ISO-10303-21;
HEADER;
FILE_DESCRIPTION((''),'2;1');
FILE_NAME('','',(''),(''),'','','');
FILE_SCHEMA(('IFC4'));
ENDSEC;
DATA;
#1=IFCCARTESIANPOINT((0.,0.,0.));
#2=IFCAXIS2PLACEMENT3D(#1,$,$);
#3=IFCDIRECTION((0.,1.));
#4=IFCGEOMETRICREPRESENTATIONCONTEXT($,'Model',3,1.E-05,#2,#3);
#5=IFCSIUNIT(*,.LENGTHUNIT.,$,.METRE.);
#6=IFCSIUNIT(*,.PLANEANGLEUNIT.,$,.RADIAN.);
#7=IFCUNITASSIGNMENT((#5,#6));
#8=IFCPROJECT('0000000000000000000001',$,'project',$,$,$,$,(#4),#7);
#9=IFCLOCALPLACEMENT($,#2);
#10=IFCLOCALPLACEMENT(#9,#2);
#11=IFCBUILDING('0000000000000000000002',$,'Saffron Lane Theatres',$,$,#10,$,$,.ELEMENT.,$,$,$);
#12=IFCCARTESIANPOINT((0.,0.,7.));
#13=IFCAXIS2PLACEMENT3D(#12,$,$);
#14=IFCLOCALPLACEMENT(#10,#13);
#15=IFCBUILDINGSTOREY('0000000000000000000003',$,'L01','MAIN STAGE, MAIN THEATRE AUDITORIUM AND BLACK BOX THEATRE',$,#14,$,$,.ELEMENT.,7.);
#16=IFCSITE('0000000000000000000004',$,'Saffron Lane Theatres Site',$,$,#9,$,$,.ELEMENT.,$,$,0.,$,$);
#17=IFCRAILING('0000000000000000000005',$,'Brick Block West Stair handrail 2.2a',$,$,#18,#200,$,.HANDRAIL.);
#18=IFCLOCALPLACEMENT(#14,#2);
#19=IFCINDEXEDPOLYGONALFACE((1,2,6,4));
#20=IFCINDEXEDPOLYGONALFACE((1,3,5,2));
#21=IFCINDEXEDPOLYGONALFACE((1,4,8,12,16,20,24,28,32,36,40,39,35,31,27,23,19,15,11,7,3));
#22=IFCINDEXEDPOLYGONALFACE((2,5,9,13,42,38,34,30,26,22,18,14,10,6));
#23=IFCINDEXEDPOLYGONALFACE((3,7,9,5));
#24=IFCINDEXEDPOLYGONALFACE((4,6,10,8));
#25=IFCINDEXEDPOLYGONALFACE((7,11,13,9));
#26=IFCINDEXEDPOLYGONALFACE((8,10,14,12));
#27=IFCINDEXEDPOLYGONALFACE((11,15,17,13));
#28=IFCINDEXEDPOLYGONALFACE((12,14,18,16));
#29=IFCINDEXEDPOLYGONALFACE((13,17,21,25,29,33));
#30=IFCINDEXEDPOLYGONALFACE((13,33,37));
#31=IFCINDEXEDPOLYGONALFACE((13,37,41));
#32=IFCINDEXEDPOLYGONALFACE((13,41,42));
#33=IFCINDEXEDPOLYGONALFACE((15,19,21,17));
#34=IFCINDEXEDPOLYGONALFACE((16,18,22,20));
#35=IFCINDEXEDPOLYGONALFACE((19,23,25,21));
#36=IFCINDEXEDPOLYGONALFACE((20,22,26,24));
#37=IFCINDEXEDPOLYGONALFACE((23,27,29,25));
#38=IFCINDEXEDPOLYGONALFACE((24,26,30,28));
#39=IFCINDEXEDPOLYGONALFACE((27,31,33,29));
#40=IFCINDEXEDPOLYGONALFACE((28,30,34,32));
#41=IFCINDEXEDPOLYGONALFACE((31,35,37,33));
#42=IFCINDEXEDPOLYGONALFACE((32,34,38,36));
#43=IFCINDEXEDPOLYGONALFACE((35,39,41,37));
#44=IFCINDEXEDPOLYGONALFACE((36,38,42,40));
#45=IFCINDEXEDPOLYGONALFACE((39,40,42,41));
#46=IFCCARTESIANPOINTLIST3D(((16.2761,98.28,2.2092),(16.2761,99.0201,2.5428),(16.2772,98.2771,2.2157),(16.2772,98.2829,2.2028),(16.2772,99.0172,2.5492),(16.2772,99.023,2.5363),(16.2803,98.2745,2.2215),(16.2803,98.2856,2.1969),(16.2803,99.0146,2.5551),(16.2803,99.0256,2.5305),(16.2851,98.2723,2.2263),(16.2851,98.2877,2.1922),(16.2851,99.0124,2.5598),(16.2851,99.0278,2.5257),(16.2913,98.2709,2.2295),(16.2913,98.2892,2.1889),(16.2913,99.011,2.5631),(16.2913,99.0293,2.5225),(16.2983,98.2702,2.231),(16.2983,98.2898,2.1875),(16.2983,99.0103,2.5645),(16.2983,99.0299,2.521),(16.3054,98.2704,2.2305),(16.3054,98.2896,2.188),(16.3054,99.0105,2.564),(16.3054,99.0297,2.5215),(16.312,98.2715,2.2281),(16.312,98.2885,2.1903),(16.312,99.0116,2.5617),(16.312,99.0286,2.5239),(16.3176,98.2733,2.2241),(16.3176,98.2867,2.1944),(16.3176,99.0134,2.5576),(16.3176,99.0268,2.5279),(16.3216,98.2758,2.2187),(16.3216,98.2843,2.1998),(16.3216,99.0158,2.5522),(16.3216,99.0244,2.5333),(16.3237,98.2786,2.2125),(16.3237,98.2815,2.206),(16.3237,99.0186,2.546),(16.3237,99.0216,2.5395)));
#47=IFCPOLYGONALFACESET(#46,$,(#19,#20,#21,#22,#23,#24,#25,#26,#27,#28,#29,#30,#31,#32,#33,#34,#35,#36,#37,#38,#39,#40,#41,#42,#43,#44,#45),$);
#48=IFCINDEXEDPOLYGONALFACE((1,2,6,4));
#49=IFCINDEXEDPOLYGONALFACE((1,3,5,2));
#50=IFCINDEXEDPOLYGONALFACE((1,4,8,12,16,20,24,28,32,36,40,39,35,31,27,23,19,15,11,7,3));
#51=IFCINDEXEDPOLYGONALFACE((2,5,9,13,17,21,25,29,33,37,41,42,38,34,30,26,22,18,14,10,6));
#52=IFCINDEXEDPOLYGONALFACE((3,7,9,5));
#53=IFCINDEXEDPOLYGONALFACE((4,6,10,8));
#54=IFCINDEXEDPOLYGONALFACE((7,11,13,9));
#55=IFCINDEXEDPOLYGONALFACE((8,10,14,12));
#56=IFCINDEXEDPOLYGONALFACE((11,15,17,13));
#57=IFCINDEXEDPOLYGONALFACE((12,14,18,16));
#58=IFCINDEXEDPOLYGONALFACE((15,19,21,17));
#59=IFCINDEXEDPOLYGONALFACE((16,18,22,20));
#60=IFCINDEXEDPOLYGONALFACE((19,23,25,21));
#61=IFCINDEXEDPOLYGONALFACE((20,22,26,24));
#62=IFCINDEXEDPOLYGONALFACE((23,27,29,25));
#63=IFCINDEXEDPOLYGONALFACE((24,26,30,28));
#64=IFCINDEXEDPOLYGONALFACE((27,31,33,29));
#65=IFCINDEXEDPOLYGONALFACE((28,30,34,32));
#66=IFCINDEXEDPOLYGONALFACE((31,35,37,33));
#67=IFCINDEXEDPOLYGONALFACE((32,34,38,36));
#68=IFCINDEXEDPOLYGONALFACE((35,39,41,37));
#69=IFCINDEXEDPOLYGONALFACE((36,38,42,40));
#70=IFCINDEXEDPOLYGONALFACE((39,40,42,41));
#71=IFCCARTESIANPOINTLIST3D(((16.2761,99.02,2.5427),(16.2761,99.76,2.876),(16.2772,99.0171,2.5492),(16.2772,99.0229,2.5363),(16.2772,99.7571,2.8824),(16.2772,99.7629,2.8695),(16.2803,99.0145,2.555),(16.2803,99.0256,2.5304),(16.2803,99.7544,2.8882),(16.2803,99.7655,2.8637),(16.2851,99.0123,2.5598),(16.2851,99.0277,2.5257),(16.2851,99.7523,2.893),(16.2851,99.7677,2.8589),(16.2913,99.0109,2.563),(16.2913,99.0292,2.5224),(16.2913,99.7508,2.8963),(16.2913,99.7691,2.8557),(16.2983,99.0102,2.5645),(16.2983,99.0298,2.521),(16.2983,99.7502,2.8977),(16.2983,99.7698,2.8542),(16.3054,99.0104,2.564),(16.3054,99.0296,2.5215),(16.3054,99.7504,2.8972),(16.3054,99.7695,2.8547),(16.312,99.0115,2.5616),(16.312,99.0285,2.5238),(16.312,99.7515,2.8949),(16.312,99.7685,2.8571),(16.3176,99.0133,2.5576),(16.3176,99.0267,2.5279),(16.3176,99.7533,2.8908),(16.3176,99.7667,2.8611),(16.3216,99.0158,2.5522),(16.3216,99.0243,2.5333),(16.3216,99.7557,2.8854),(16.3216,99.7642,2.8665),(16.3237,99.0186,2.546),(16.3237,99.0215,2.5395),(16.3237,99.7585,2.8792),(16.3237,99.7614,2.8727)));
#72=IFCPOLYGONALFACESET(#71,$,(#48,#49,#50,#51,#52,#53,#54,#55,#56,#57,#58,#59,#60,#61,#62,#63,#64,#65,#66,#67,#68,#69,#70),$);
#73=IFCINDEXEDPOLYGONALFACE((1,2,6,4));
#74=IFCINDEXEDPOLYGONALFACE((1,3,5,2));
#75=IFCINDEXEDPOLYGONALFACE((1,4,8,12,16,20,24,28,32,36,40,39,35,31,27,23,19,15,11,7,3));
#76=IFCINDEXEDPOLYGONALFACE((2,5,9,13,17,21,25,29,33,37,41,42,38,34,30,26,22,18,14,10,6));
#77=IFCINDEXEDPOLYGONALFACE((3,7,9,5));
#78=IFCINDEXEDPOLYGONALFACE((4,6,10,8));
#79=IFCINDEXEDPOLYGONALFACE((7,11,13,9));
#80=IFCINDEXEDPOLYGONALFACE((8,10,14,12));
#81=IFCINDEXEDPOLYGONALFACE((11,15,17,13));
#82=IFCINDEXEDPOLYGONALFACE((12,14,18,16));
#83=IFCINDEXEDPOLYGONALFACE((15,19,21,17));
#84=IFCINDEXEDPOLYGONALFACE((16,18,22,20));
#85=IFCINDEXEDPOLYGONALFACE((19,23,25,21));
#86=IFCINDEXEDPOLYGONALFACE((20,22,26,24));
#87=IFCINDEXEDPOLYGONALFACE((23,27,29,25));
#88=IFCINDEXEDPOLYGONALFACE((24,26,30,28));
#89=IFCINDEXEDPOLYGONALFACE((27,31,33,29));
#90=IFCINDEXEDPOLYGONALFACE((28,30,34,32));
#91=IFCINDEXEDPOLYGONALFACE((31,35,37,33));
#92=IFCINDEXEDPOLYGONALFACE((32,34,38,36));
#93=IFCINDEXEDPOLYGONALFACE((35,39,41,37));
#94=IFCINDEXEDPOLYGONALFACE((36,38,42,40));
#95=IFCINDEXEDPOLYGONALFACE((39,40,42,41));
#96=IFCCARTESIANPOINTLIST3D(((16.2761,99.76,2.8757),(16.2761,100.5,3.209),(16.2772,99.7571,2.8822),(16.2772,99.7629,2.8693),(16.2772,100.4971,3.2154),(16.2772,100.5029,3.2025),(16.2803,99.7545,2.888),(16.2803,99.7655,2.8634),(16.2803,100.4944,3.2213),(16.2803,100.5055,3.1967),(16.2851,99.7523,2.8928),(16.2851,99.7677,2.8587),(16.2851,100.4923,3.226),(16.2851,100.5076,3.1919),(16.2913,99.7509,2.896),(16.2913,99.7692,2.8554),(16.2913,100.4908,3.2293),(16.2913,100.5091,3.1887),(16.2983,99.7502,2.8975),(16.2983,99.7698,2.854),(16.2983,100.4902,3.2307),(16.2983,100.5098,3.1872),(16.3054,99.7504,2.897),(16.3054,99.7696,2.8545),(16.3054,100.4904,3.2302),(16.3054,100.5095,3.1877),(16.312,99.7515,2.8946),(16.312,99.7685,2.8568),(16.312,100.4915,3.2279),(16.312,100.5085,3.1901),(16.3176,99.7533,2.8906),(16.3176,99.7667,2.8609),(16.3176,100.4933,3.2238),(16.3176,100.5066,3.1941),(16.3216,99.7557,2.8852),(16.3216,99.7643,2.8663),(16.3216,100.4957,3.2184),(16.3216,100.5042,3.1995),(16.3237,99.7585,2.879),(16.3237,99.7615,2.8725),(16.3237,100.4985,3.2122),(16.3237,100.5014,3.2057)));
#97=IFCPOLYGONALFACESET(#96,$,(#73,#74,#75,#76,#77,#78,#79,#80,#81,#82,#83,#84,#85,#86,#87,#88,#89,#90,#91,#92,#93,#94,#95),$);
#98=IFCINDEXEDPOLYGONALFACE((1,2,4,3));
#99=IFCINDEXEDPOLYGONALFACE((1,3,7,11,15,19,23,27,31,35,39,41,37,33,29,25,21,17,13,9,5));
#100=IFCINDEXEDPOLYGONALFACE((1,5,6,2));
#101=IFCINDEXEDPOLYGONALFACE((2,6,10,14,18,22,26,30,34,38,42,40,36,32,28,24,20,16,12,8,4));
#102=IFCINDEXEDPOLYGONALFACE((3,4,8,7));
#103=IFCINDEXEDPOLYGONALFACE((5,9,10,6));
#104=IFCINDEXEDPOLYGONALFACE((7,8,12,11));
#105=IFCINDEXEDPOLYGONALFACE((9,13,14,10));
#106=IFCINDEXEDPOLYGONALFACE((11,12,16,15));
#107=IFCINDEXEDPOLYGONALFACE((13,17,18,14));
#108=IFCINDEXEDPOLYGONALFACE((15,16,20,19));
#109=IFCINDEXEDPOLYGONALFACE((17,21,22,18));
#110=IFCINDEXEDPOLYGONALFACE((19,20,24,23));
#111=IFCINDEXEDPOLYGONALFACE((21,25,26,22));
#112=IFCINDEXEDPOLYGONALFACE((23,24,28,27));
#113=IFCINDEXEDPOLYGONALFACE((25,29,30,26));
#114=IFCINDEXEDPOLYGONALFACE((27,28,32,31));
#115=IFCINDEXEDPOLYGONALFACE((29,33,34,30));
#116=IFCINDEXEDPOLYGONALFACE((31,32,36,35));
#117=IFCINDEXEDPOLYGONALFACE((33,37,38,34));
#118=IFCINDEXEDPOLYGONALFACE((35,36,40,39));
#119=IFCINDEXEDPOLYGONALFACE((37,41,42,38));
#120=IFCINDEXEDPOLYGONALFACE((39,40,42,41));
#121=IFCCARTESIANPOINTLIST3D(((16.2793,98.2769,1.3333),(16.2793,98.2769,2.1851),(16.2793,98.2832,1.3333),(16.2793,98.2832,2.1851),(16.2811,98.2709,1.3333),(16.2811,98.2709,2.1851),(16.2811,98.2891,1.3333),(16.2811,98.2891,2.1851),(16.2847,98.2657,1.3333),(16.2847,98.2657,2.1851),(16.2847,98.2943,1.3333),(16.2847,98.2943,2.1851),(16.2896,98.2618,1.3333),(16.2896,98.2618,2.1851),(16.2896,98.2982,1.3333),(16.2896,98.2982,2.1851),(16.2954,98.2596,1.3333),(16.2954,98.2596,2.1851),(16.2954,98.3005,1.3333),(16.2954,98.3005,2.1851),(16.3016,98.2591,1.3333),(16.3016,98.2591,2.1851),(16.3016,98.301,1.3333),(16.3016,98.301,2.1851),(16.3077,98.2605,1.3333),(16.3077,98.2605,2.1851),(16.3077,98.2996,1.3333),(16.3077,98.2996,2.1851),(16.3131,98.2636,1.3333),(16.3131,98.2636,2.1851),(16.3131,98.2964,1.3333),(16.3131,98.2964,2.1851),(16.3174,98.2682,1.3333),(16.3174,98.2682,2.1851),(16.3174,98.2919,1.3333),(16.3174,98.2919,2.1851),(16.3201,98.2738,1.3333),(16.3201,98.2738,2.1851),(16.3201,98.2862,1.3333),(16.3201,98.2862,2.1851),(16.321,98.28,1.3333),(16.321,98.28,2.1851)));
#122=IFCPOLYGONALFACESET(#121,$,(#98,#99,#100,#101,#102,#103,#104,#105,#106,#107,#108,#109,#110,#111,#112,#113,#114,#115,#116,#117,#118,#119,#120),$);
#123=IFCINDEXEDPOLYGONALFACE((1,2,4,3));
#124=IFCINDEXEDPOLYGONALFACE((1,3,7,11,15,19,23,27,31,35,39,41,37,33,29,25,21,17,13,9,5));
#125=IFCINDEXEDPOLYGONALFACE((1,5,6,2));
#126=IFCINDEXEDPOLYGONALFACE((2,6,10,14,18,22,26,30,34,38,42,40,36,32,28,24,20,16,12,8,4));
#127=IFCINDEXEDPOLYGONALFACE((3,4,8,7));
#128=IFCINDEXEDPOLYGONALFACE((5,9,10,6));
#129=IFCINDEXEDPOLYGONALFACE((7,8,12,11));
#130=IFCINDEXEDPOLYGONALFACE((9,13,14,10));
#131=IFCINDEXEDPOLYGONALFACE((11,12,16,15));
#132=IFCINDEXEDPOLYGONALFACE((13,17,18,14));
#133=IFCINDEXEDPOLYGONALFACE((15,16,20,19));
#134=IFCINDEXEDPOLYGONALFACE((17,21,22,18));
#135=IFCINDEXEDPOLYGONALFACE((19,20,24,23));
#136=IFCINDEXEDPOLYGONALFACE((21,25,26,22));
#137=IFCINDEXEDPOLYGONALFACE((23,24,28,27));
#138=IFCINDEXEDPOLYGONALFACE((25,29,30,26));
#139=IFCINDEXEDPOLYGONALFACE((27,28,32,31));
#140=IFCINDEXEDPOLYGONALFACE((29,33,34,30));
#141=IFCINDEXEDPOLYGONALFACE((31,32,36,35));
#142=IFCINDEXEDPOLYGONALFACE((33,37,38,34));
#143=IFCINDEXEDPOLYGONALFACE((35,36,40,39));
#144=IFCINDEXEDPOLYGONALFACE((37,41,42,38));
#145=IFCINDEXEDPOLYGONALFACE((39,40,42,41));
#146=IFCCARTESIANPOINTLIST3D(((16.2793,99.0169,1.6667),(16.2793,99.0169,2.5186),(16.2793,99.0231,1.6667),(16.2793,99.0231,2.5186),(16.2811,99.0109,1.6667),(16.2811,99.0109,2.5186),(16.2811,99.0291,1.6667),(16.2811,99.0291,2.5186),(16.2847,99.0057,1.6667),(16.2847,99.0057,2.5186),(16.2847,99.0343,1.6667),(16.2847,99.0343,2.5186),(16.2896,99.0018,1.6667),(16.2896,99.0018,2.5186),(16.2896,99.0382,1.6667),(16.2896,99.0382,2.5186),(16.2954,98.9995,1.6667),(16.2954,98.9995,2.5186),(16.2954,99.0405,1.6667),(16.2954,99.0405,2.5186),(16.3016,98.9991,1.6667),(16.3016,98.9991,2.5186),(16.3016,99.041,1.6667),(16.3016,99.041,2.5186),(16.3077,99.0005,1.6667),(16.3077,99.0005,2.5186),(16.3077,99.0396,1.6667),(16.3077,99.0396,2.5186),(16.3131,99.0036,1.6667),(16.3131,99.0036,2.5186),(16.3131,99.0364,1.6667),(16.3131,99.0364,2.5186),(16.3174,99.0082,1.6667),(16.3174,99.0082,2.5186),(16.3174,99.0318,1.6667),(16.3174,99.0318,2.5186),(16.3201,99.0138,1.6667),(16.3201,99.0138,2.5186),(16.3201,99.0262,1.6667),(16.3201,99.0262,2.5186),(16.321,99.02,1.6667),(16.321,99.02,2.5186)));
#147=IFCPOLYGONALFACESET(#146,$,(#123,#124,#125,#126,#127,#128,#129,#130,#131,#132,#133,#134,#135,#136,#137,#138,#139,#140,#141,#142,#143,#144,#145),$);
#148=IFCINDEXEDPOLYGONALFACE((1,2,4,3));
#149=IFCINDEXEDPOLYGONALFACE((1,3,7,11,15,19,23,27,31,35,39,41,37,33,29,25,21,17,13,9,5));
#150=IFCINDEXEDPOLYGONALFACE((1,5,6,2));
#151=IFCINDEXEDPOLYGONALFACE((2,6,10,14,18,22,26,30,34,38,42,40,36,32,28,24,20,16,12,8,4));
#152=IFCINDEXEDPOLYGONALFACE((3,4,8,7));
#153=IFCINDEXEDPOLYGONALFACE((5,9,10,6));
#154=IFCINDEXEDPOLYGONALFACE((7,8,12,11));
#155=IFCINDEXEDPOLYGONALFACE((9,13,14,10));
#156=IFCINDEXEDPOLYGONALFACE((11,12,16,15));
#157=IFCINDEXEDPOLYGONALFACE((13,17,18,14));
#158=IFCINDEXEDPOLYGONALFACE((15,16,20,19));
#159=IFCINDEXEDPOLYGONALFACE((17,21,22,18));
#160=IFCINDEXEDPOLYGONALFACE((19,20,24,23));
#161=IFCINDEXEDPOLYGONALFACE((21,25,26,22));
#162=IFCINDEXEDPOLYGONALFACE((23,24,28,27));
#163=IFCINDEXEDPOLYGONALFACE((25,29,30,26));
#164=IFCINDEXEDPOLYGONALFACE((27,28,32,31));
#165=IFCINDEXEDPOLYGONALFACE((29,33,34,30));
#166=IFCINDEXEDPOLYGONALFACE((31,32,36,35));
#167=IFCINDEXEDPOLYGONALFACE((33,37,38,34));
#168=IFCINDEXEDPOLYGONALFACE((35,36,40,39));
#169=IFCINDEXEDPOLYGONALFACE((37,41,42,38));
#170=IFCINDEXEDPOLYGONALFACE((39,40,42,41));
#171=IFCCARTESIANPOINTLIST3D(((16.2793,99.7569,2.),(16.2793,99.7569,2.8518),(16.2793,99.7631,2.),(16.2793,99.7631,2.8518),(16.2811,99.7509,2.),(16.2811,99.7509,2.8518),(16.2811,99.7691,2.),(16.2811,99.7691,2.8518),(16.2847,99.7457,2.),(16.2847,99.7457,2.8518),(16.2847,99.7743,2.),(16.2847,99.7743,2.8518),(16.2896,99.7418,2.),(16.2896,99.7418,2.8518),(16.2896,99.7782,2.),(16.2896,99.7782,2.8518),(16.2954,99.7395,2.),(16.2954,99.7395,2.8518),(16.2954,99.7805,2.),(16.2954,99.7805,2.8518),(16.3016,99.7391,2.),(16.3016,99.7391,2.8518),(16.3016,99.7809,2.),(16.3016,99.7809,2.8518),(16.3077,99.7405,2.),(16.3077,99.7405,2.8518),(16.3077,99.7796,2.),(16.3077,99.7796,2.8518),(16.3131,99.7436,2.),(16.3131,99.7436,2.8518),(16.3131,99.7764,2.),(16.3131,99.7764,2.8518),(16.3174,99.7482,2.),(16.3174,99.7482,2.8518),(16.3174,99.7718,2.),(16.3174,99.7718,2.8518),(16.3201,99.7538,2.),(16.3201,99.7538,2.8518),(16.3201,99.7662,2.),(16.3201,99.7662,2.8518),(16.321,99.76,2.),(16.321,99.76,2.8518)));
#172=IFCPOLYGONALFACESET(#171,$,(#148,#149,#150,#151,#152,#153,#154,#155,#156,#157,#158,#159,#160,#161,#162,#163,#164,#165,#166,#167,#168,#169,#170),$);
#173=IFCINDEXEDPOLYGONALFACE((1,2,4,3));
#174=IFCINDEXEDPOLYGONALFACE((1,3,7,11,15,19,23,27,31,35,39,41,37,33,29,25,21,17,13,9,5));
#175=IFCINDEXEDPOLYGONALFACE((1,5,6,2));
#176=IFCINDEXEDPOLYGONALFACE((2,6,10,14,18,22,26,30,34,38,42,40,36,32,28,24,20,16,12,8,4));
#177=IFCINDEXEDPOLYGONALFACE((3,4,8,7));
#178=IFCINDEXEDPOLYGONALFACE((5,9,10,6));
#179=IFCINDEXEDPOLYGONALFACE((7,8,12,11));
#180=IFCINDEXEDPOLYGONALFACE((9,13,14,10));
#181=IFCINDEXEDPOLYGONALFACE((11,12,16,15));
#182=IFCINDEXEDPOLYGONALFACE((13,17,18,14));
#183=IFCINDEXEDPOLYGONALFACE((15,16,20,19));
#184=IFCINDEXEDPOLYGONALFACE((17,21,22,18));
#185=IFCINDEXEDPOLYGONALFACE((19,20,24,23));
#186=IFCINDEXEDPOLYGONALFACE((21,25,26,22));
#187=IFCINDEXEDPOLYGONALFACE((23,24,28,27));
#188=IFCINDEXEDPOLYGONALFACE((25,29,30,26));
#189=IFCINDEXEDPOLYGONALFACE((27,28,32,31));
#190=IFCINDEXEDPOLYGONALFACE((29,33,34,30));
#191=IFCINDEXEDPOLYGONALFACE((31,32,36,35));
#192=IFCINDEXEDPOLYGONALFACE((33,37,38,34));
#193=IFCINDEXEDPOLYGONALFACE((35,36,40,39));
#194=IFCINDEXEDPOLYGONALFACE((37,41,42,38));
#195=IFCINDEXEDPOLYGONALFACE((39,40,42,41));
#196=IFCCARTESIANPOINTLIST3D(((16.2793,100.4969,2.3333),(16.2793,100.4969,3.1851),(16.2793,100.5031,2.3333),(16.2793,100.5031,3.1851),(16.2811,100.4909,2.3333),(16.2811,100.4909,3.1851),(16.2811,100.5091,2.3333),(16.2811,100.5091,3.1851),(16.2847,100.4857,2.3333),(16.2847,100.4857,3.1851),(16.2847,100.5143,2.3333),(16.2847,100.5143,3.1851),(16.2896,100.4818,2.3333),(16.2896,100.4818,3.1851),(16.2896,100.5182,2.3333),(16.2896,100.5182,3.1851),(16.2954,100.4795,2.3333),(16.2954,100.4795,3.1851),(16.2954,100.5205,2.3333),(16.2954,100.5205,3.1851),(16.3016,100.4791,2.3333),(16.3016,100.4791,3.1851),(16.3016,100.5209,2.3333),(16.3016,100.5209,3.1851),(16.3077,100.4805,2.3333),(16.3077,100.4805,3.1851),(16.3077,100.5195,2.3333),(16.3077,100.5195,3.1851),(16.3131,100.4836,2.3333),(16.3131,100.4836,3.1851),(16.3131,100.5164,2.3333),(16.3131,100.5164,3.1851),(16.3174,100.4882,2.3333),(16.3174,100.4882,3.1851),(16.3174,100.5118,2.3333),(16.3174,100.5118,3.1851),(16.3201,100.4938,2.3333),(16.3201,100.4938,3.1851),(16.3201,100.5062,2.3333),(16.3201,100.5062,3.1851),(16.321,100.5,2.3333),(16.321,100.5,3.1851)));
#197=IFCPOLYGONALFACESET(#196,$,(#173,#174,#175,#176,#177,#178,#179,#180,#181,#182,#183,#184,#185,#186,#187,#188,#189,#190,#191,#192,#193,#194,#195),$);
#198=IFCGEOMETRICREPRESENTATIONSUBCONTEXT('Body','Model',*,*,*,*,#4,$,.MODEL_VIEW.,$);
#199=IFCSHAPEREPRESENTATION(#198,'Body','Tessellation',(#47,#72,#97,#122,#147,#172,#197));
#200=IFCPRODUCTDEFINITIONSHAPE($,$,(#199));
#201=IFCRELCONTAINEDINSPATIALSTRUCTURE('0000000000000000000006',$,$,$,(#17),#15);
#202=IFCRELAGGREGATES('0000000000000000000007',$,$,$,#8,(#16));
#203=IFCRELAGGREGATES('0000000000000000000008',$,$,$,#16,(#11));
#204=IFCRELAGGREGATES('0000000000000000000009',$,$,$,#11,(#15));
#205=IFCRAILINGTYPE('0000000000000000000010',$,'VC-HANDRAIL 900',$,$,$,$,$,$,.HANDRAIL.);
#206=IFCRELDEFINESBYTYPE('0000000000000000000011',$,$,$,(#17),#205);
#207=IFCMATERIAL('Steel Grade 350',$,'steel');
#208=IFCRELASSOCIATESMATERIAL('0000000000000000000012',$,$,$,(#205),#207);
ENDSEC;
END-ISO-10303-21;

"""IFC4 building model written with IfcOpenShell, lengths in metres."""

from ifc_helpers import new_model, si_unit, direction, frame, origin, origin_2d, place, context, subcontext, project, spatial, circle, extrude, material, type_object, element, save


model = new_model("IFC4")

# Units and contexts
model_context = context("Model", 3, precision=1e-05, world=origin(), true_north=direction((0.0, 1.0)))
body_context = subcontext(model_context, "Body", "Model", "MODEL_VIEW")
ifc_project = project(units=[si_unit("LENGTHUNIT", "METRE"), si_unit("PLANEANGLEUNIT", "RADIAN")], contexts=[model_context])

# Site, building, storey
site_placement = place(None, origin())
site = spatial("IfcSite", under=ifc_project, at=site_placement, Name="Saffron Lane Theatres Site", CompositionType="ELEMENT", RefElevation=0.0)
building_placement = place(site_placement, origin())
building = spatial("IfcBuilding", under=site, at=building_placement, Name="Saffron Lane Theatres", CompositionType="ELEMENT")
storey_placement = place(building_placement, frame((0.0, 0.0, 7.0)))
storey = spatial("IfcBuildingStorey", under=building, at=storey_placement, Name="L01", Description="MAIN STAGE, MAIN THEATRE AUDITORIUM AND BLACK BOX THEATRE", CompositionType="ELEMENT", Elevation=7.0)

# Railing
ifc_material_1 = material(Name="Steel Grade 350", Category="steel")
railing_type_1 = type_object("IfcRailingType", Name="VC-HANDRAIL 900", PredefinedType="HANDRAIL", material=ifc_material_1)
for number, where, name in (
    (1, (16.3, 98.28, 1.3333), "Brick Block West Stair handrail 2.2a"),
):
    element("IfcRailing", number, at=place(storey_placement, frame(where)), inside=storey, type_object=railing_type_1, Name=name, PredefinedType="HANDRAIL", context=body_context, shape_type="SweptSolid", body=[
        extrude(circle(Radius=0.0239, at=origin_2d()), frame((0.0, 0.0, 0.876), z_axis=(0.0, 0.911691, 0.410877), x_axis=(-1.0, 0.0, 0.0)), (0.0, 0.0, 1.0), 0.8118),
        extrude(circle(Radius=0.0239, at=origin_2d()), frame((0.0, 0.74, 1.2095), z_axis=(0.0, 0.911803, 0.410627), x_axis=(-1.0, 0.0, 0.0)), (0.0, 0.0, 1.0), 0.8115),
        extrude(circle(Radius=0.0239, at=origin_2d()), frame((0.0, 1.48, 1.5425), z_axis=(0.0, 0.911803, 0.410627), x_axis=(-1.0, 0.0, 0.0)), (0.0, 0.0, 1.0), 0.8115),
        extrude(circle(Radius=0.021, at=origin_2d()), origin(), (0.0, 0.0, 1.0), 0.8518),
        extrude(circle(Radius=0.021, at=origin_2d()), frame((0.0, 0.74, 0.3335)), (0.0, 0.0, 1.0), 0.8518),
        extrude(circle(Radius=0.021, at=origin_2d()), frame((0.0, 1.48, 0.6667)), (0.0, 0.0, 1.0), 0.8518),
        extrude(circle(Radius=0.021, at=origin_2d()), frame((0.0, 2.22, 1.0)), (0.0, 0.0, 1.0), 0.8518),
    ])

save(model, "model.ifc")
